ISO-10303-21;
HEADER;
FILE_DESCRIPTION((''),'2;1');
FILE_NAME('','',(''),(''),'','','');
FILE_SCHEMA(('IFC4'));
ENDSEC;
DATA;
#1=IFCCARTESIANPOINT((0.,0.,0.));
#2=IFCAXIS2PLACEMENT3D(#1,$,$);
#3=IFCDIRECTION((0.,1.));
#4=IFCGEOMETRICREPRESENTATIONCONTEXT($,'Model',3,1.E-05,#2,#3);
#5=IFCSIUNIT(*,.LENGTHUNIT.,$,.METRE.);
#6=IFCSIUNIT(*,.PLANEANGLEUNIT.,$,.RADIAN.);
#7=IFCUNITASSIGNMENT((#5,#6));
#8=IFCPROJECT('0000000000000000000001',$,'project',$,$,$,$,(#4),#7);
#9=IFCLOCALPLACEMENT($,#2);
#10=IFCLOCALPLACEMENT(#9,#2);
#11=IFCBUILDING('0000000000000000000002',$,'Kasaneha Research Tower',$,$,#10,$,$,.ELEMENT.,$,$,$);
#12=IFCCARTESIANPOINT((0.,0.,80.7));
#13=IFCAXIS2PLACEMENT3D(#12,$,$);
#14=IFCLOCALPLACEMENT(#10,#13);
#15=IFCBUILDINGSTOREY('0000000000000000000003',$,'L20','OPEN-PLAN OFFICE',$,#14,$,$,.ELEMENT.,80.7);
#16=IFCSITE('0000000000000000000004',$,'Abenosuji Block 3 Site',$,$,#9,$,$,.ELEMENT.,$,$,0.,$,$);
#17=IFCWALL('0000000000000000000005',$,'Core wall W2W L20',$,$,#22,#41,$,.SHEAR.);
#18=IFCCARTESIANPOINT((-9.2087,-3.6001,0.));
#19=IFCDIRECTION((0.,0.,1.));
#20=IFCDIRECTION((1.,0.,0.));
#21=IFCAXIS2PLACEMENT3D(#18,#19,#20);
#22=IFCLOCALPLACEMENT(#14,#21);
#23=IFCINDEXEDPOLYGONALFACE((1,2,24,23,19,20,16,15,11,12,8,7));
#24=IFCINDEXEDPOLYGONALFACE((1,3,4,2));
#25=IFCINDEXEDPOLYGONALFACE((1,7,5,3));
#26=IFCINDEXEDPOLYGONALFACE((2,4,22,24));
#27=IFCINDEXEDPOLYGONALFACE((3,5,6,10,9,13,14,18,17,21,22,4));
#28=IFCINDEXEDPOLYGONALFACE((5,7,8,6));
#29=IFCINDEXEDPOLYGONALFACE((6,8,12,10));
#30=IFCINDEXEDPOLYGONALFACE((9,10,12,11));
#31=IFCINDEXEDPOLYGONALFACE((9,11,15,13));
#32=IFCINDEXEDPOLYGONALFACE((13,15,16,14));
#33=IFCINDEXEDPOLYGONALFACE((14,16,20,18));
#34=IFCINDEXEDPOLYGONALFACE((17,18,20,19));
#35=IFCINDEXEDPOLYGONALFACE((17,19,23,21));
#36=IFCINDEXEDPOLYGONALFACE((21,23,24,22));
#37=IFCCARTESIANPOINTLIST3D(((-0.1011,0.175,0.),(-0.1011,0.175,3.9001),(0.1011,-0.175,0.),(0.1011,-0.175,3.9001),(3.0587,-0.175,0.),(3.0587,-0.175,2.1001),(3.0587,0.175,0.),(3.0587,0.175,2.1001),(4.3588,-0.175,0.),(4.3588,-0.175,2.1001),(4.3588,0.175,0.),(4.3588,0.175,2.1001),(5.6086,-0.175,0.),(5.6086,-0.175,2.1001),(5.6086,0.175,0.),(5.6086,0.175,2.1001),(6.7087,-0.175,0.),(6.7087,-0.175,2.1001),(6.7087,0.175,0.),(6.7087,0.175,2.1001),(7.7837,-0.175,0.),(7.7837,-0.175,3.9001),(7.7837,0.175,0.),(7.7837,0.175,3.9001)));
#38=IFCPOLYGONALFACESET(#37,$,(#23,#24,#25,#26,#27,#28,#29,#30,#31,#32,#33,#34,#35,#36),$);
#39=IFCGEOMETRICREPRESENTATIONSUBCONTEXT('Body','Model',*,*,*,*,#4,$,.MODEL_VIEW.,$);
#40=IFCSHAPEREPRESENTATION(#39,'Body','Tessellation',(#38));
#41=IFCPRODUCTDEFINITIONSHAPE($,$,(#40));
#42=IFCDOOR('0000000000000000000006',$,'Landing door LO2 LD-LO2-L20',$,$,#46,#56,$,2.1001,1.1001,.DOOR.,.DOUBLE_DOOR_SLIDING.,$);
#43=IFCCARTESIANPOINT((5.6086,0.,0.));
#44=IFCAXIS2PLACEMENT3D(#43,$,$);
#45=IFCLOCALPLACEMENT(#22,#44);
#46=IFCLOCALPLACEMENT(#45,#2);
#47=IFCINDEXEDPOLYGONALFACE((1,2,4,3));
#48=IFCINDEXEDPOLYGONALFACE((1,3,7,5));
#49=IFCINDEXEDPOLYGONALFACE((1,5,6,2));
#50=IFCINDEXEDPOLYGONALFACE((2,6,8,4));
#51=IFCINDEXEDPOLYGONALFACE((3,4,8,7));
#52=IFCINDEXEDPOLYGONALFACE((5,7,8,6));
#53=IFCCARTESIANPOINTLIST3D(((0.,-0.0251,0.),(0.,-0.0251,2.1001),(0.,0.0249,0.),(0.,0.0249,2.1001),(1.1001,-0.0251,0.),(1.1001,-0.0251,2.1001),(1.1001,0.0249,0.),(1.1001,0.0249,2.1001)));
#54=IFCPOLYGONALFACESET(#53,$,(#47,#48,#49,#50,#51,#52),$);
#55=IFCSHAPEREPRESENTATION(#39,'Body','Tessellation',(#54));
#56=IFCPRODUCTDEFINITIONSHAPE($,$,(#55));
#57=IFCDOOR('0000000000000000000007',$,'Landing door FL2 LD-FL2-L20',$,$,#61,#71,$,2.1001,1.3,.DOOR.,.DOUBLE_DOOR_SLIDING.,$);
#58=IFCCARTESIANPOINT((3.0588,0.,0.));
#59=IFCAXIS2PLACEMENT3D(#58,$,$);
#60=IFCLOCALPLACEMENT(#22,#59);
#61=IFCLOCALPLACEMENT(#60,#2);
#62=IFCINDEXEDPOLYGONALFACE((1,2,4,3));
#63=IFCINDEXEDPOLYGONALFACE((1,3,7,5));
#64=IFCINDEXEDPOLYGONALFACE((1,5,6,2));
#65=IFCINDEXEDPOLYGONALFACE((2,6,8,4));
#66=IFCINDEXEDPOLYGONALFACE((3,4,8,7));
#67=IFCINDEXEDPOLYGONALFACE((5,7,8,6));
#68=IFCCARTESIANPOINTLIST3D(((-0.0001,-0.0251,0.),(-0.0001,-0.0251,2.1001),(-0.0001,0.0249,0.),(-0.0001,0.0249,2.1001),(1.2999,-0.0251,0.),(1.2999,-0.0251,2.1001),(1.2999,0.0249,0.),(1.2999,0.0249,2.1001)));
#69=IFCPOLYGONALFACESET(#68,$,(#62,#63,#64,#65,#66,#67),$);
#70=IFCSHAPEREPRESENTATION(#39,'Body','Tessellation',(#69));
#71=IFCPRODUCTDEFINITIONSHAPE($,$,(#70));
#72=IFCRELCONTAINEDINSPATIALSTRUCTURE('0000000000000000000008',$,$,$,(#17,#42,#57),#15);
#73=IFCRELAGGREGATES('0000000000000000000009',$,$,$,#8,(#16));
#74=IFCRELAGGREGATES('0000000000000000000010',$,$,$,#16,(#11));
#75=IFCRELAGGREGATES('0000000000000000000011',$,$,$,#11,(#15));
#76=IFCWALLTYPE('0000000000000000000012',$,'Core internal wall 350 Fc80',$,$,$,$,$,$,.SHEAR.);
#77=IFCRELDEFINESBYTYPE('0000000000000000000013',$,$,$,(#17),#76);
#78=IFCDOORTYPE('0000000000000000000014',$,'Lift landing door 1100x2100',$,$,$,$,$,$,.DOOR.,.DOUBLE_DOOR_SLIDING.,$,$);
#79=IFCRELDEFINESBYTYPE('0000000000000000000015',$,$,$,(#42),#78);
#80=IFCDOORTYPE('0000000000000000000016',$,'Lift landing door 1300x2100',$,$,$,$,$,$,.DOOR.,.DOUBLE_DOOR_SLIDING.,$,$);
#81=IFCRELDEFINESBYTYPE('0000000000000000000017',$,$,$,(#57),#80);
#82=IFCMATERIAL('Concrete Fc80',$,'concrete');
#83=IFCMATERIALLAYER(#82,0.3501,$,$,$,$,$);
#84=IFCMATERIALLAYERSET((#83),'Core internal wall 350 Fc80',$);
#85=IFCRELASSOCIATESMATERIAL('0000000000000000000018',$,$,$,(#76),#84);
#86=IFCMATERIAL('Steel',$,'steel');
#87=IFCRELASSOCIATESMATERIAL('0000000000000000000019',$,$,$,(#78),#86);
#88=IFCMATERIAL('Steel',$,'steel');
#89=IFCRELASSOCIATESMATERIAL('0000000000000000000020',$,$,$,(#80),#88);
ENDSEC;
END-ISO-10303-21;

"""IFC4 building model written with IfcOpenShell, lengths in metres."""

from ifc_helpers import new_model, si_unit, direction, frame, frame_2d, origin, place, context, subcontext, project, spatial, polyline, rectangle, outline, extrude, material, layer, layer_set, type_object, element, fill, save


model = new_model("IFC4")

# Units and contexts
model_context = context("Model", 3, precision=1e-05, world=origin(), true_north=direction((0.0, 1.0)))
body_context = subcontext(model_context, "Body", "Model", "MODEL_VIEW")
ifc_project = project(units=[si_unit("LENGTHUNIT", "METRE"), si_unit("PLANEANGLEUNIT", "RADIAN")], contexts=[model_context])

# Site, building, storey
site_placement = place(None, origin())
site = spatial("IfcSite", under=ifc_project, at=site_placement, Name="Abenosuji Block 3 Site", CompositionType="ELEMENT", RefElevation=0.0)
building_placement = place(site_placement, origin())
building = spatial("IfcBuilding", under=site, at=building_placement, Name="Kasaneha Research Tower", CompositionType="ELEMENT")
storey_placement = place(building_placement, frame((0.0, 0.0, 80.7)))
storey = spatial("IfcBuildingStorey", under=building, at=storey_placement, Name="L20", Description="OPEN-PLAN OFFICE", CompositionType="ELEMENT", Elevation=80.7)

# Wall, openings, doors
ifc_material_1 = material(Name="Concrete Fc80", Category="concrete")
ifc_layer_1 = layer(ifc_material_1, 0.3501)
ifc_layer_set_1 = layer_set([ifc_layer_1], Name="Core internal wall 350 Fc80")
wall_type_1 = type_object("IfcWallType", Name="Core internal wall 350 Fc80", PredefinedType="SHEAR", material=ifc_layer_set_1)
wall_1_placement = place(storey_placement, frame((-9.2087, -3.6001, 0.0), z_axis=(0.0, 0.0, 1.0), x_axis=(1.0, 0.0, 0.0)))
wall_1 = element("IfcWall", 1, at=wall_1_placement, inside=storey, type_object=wall_type_1, Name="Core wall W2W L20", PredefinedType="SHEAR", context=body_context, shape_type="SweptSolid", body=[
    extrude(outline(polyline([(0.1011, -0.175), (3.0588, -0.175), (4.3589, -0.175), (5.6086, -0.175), (6.7087, -0.175), (7.7837, -0.175), (7.7837, 0.175), (6.7087, 0.175), (5.6086, 0.175), (4.3589, 0.175), (3.0588, 0.175), (-0.1011, 0.175), (0.1011, -0.175)])), origin(), (0.0, 0.0, 1.0), 3.9001),
])
opening_1_placement = place(wall_1_placement, frame((5.6086, 0.0, 0.0)))
opening_1 = element("IfcOpeningElement", 2, at=opening_1_placement, cuts=wall_1, PredefinedType="OPENING", context=body_context, shape_type="SweptSolid", body=[
    extrude(rectangle(XDim=1.1001, YDim=2.1001, at=frame_2d((0.55, 1.05))), frame((0.0, 0.1851, 0.0), z_axis=(0.0, -1.0, 0.0), x_axis=(1.0, 0.0, 0.0)), (0.0, 0.0, 1.0), 0.3701),
])
opening_2_placement = place(wall_1_placement, frame((3.0588, 0.0, 0.0)))
opening_2 = element("IfcOpeningElement", 3, at=opening_2_placement, cuts=wall_1, PredefinedType="OPENING", context=body_context, shape_type="SweptSolid", body=[
    extrude(rectangle(XDim=1.3, YDim=2.1001, at=frame_2d((0.6499, 1.05))), frame((0.0, 0.1851, 0.0), z_axis=(0.0, -1.0, 0.0), x_axis=(1.0, 0.0, 0.0)), (0.0, 0.0, 1.0), 0.3701),
])
ifc_material_2 = material(Name="Steel", Category="steel")
door_type_1 = type_object("IfcDoorType", Name="Lift landing door 1100x2100", OperationType="DOUBLE_DOOR_SLIDING", PredefinedType="DOOR", material=ifc_material_2)
door_1_placement = place(opening_1_placement, origin())
door_1 = element("IfcDoor", 4, at=door_1_placement, inside=storey, type_object=door_type_1, Name="Landing door LO2 LD-LO2-L20", OperationType="DOUBLE_DOOR_SLIDING", OverallHeight=2.1001, OverallWidth=1.1001, PredefinedType="DOOR", context=body_context, shape_type="SweptSolid", body=[
    extrude(rectangle(XDim=1.1001, YDim=2.1001, at=frame_2d((0.55, 1.05))), frame((0.0, 0.0249, 0.0), z_axis=(0.0, -1.0, 0.0), x_axis=(1.0, 0.0, 0.0)), (0.0, 0.0, 1.0), 0.05),
])
fill(opening_1, door_1)
ifc_material_3 = material(Name="Steel", Category="steel")
door_type_2 = type_object("IfcDoorType", Name="Lift landing door 1300x2100", OperationType="DOUBLE_DOOR_SLIDING", PredefinedType="DOOR", material=ifc_material_3)
door_2_placement = place(opening_2_placement, origin())
door_2 = element("IfcDoor", 5, at=door_2_placement, inside=storey, type_object=door_type_2, Name="Landing door FL2 LD-FL2-L20", OperationType="DOUBLE_DOOR_SLIDING", OverallHeight=2.1001, OverallWidth=1.3, PredefinedType="DOOR", context=body_context, shape_type="SweptSolid", body=[
    extrude(rectangle(XDim=1.3, YDim=2.1001, at=frame_2d((0.6499, 1.05))), frame((0.0, 0.0249, 0.0), z_axis=(0.0, -1.0, 0.0), x_axis=(1.0, 0.0, 0.0)), (0.0, 0.0, 1.0), 0.05),
])
fill(opening_2, door_2)

save(model, "model.ifc")
